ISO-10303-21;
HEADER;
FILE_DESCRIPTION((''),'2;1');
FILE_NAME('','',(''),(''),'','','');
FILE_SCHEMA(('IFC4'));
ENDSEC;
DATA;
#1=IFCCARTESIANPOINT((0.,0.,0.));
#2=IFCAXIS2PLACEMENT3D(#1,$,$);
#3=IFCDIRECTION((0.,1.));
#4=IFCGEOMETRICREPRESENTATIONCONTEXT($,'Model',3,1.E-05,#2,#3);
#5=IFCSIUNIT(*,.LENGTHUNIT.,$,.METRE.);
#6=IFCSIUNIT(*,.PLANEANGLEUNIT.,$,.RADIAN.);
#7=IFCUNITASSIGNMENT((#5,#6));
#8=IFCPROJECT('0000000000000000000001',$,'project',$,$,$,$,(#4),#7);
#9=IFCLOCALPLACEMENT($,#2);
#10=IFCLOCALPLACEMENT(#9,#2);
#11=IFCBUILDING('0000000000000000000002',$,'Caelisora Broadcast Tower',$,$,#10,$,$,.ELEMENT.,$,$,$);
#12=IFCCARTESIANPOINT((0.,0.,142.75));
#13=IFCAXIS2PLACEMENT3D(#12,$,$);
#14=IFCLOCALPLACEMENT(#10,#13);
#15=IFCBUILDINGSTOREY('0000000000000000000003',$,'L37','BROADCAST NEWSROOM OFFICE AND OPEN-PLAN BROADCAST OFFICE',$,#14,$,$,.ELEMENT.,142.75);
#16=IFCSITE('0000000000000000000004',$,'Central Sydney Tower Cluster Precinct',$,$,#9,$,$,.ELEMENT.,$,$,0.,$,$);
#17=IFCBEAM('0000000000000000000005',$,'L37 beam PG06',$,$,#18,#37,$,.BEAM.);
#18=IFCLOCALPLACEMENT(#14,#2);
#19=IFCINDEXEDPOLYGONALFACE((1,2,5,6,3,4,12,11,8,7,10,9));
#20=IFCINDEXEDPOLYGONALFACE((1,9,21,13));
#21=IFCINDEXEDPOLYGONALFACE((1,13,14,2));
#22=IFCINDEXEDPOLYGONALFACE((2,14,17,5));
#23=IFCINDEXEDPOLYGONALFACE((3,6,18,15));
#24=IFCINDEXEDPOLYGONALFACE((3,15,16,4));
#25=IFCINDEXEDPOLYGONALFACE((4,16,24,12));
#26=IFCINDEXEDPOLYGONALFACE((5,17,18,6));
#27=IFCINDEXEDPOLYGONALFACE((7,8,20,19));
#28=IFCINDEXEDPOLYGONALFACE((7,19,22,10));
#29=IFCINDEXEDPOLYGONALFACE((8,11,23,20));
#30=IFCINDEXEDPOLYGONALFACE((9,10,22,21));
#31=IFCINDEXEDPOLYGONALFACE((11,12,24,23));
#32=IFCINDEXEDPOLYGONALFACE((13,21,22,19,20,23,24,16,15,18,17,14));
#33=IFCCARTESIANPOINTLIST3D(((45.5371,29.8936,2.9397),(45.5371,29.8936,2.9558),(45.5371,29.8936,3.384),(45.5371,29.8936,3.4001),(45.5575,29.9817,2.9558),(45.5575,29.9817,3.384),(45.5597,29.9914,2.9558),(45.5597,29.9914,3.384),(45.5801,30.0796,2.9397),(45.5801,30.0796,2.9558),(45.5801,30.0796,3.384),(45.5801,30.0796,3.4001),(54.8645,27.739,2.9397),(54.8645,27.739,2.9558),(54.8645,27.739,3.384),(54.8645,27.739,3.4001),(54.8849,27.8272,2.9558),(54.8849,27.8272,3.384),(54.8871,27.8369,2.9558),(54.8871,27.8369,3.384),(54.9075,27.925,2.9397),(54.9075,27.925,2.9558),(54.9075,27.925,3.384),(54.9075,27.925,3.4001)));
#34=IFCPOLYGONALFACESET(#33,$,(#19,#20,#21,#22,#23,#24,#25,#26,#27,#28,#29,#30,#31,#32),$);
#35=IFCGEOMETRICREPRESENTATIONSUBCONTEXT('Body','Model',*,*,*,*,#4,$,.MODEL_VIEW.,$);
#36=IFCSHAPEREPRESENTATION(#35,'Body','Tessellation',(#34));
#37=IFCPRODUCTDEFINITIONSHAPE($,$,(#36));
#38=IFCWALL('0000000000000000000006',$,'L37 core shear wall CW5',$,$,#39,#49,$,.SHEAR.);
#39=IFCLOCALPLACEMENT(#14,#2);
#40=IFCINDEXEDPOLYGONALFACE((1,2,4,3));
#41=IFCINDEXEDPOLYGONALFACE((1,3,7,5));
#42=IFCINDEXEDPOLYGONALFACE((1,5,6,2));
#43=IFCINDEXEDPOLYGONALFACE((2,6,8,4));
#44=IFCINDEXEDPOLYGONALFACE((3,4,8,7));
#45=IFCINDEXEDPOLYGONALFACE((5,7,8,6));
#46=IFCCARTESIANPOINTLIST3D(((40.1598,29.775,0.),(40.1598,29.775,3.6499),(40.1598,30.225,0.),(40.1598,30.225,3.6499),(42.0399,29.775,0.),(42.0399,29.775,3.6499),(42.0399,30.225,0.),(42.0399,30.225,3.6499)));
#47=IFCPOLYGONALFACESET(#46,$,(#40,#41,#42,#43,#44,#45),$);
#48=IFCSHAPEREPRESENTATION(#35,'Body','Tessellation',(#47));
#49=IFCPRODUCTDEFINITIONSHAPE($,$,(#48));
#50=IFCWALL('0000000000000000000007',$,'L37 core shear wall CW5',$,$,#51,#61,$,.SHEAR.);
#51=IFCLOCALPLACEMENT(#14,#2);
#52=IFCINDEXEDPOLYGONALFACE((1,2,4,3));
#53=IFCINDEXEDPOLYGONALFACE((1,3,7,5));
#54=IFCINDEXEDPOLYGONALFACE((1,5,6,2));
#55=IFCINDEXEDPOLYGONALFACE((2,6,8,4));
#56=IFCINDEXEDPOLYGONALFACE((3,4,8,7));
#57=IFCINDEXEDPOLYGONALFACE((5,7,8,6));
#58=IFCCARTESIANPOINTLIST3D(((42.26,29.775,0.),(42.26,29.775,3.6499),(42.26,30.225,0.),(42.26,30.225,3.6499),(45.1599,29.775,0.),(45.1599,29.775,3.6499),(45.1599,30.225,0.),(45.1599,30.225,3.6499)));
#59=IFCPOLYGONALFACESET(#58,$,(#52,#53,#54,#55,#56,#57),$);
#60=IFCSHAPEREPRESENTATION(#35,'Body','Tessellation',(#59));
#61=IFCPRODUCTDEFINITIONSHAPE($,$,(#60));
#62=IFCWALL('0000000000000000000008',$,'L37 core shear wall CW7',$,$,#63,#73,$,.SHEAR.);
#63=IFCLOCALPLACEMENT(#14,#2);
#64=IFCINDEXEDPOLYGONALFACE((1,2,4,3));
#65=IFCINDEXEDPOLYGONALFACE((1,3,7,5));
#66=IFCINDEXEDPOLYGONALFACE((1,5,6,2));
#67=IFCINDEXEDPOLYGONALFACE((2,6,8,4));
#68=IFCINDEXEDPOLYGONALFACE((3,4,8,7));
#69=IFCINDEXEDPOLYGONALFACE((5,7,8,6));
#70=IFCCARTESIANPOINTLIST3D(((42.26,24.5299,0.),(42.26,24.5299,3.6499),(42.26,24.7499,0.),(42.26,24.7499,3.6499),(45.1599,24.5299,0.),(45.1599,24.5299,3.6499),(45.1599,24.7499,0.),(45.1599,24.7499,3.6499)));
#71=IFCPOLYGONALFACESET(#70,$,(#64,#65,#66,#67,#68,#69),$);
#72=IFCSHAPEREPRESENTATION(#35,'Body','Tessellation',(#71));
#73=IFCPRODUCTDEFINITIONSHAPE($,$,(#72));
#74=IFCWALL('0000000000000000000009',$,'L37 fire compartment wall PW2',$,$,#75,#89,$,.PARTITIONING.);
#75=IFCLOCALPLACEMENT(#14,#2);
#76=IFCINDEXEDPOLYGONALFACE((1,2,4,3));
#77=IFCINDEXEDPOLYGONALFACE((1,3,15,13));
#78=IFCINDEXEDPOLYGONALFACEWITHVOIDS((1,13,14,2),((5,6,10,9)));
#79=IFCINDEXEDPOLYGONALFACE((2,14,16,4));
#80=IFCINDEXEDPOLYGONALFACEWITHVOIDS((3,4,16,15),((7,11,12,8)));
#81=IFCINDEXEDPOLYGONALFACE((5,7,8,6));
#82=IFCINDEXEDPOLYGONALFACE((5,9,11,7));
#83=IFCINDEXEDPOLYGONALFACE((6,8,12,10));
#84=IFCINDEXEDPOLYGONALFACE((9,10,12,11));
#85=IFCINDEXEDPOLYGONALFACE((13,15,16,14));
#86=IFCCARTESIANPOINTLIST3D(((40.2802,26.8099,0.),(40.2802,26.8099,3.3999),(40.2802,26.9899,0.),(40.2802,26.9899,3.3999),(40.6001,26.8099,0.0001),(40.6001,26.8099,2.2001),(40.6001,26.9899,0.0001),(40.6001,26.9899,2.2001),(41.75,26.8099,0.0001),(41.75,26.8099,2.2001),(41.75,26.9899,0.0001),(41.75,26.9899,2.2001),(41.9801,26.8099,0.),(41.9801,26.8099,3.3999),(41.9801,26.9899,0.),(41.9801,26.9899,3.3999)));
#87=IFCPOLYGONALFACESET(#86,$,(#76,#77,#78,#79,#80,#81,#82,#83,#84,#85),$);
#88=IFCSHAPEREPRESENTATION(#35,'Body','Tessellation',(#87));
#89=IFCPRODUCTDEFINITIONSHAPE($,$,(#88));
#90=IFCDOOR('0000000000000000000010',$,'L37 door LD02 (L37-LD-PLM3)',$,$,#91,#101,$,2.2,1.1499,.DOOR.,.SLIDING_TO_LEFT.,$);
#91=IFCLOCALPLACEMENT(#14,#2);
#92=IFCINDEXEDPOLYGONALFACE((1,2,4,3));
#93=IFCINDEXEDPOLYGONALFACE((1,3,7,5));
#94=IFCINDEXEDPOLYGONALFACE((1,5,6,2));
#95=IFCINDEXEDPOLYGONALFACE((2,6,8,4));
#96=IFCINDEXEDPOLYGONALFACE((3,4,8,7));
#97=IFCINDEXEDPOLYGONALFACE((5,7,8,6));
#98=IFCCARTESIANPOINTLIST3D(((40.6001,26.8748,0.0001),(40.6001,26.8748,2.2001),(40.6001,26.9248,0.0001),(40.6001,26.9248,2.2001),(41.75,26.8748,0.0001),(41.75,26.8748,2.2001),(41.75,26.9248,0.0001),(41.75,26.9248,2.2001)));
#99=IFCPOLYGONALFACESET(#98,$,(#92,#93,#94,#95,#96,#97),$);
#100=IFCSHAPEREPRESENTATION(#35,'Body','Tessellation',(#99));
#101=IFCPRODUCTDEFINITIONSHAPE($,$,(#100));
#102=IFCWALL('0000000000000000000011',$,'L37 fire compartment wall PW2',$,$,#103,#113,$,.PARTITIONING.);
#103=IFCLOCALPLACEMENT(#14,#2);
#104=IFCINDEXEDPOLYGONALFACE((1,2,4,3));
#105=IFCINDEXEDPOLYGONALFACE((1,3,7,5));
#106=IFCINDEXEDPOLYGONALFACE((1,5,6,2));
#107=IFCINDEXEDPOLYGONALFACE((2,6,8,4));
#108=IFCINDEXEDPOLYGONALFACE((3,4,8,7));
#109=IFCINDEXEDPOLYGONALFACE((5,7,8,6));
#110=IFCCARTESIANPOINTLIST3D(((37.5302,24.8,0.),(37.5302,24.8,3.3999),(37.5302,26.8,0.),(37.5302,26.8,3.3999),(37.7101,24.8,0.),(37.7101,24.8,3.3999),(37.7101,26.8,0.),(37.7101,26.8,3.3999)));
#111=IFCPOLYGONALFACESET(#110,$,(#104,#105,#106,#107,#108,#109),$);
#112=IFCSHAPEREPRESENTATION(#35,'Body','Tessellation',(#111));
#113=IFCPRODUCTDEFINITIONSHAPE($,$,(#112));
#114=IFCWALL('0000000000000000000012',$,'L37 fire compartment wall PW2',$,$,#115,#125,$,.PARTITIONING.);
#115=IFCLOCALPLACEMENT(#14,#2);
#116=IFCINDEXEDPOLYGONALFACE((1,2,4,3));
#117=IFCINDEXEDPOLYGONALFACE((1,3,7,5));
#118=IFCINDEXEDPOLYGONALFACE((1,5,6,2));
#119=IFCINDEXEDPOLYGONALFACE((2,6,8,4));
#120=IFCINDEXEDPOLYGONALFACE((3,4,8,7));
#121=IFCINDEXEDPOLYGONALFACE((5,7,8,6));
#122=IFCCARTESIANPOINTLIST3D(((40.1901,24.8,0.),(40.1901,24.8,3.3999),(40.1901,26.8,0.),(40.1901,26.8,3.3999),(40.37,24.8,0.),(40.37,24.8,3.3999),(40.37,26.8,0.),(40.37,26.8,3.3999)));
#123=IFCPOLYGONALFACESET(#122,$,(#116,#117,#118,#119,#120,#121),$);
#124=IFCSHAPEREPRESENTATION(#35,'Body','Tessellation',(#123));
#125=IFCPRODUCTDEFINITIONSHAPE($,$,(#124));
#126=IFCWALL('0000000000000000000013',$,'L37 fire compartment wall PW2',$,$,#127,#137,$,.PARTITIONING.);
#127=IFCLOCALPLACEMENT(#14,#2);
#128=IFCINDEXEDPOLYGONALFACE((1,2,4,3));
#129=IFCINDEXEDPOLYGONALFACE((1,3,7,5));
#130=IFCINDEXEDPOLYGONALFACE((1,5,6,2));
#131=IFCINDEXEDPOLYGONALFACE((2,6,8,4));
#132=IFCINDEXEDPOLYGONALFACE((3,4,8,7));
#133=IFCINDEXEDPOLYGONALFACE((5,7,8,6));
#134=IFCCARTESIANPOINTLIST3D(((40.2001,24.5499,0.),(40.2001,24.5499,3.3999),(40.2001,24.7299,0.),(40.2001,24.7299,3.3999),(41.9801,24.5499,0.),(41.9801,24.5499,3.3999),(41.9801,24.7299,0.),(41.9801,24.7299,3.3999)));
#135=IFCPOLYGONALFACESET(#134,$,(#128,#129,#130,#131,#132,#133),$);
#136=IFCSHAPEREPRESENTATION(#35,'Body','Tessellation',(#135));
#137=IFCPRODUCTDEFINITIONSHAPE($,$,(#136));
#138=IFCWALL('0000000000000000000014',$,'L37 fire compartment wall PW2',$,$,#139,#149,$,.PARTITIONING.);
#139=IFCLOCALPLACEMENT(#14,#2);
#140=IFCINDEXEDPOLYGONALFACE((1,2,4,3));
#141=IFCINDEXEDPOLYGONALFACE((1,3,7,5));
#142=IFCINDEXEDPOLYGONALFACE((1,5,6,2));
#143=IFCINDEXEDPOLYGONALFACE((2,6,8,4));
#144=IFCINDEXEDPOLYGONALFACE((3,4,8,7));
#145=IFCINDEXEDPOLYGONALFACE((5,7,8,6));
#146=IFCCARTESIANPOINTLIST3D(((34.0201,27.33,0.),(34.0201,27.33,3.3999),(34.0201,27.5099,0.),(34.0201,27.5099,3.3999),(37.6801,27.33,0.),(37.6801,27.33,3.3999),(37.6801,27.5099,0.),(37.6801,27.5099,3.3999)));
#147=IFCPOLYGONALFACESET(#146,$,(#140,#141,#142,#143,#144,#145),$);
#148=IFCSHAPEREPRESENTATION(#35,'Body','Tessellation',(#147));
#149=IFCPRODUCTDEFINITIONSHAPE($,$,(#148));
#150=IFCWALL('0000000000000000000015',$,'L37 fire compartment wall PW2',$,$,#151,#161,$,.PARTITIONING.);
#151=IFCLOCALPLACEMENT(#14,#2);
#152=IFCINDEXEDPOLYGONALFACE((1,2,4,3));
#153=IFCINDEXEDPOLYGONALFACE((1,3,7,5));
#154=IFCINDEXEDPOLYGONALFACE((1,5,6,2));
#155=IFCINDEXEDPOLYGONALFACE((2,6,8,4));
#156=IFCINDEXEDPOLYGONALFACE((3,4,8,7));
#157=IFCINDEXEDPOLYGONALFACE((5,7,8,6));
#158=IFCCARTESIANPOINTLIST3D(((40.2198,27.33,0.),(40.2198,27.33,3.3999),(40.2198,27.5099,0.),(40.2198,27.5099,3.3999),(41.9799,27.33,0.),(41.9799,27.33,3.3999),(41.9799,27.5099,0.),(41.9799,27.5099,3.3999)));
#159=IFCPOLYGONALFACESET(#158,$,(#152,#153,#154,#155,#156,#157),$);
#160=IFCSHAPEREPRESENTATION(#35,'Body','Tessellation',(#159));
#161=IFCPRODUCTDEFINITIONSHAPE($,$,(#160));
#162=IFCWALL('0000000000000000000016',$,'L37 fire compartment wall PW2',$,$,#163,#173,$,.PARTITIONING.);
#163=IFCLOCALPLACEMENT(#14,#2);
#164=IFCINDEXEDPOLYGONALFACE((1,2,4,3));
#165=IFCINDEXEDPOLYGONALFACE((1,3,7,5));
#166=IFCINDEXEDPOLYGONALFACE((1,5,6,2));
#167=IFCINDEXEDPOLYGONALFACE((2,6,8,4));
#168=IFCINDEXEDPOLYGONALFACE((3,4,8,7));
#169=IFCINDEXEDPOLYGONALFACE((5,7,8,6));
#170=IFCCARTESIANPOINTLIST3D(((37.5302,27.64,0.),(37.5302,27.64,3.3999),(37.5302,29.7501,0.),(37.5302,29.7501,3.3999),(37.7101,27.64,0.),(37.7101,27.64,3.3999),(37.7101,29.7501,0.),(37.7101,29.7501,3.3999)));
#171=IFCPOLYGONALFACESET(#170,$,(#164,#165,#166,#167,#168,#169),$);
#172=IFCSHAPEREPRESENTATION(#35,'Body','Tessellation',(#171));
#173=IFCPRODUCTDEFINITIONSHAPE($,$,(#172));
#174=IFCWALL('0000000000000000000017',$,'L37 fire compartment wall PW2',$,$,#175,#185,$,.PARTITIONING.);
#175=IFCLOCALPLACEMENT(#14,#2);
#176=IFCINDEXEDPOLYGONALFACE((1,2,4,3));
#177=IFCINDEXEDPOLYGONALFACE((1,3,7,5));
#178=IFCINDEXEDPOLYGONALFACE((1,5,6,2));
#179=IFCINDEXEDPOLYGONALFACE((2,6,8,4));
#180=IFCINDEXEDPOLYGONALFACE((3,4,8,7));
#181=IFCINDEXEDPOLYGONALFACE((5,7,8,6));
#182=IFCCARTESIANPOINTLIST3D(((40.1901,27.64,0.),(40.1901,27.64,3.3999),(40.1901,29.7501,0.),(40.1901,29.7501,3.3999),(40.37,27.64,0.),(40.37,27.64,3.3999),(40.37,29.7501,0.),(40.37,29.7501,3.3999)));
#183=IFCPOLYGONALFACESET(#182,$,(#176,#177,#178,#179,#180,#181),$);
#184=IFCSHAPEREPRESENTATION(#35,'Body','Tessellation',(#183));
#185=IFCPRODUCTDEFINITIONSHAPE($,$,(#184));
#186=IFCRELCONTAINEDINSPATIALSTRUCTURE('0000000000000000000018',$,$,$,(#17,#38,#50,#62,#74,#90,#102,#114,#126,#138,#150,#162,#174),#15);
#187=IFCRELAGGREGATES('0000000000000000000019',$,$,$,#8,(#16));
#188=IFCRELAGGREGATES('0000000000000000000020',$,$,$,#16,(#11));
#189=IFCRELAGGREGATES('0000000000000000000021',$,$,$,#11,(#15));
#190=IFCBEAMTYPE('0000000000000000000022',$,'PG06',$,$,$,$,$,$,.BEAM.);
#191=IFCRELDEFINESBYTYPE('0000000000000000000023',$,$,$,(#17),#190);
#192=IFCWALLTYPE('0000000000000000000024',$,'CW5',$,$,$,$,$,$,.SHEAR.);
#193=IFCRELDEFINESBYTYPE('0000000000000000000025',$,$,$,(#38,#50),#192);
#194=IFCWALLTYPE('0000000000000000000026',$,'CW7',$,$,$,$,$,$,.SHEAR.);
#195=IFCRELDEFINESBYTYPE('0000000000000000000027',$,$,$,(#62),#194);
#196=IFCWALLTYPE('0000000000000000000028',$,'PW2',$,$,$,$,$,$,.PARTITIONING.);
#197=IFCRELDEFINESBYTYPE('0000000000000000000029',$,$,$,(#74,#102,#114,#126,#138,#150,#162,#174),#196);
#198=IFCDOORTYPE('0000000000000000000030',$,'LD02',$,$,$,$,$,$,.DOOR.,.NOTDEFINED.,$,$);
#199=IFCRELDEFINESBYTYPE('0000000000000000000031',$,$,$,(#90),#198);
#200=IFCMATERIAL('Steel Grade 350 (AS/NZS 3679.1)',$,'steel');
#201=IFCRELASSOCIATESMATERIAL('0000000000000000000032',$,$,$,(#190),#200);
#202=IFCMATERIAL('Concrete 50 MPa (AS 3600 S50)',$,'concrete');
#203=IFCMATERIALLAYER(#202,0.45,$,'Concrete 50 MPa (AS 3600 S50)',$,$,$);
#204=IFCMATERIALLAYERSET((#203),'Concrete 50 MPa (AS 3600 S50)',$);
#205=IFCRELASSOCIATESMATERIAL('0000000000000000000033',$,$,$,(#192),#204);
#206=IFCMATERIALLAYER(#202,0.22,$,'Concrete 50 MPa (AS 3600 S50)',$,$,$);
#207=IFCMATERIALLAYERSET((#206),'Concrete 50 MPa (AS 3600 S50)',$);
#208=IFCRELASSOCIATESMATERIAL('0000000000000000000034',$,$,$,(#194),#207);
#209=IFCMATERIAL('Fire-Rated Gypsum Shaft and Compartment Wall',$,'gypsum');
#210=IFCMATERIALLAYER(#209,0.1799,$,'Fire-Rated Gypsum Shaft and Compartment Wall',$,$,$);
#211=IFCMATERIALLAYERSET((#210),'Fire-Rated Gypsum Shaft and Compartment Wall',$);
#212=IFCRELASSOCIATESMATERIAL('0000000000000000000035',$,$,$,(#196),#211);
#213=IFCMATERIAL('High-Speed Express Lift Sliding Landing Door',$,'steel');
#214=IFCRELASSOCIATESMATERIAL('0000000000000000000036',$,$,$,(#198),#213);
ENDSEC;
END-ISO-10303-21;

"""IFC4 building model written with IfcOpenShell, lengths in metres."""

from ifc_helpers import new_model, si_unit, direction, frame, frame_2d, origin, origin_2d, place, context, subcontext, project, spatial, rectangle, i_section, extrude, source, transform, mapped, material, layer, layer_set, material_profile, profile_set, type_object, element, fill, save


model = new_model("IFC4")

# Units and contexts
model_context = context("Model", 3, precision=1e-05, world=origin(), true_north=direction((0.0, 1.0)))
body_context = subcontext(model_context, "Body", "Model", "MODEL_VIEW")
ifc_project = project(units=[si_unit("LENGTHUNIT", "METRE"), si_unit("PLANEANGLEUNIT", "RADIAN")], contexts=[model_context])

# Site, building, storey
site_placement = place(None, origin())
site = spatial("IfcSite", under=ifc_project, at=site_placement, Name="Central Sydney Tower Cluster Precinct", CompositionType="ELEMENT", RefElevation=0.0)
building_placement = place(site_placement, origin())
building = spatial("IfcBuilding", under=site, at=building_placement, Name="Caelisora Broadcast Tower", CompositionType="ELEMENT")
storey_placement = place(building_placement, frame((0.0, 0.0, 142.75)))
storey = spatial("IfcBuildingStorey", under=building, at=storey_placement, Name="L37", Description="BROADCAST NEWSROOM OFFICE AND OPEN-PLAN BROADCAST OFFICE", CompositionType="ELEMENT", Elevation=142.75)

# Beam
ifc_material_1 = material(Name="Concrete 50 MPa (AS 3600 S50)", Category="concrete")
ifc_material_2 = material(Name="Steel Grade 350 (AS/NZS 3679.1)", Category="steel")
ifc_material_profile_1 = material_profile(ifc_material_2, i_section(OverallWidth=0.1909, OverallDepth=0.4604, WebThickness=0.01, FlangeThickness=0.0161, at=origin_2d()), Name="Steel Grade 350 (AS/NZS 3679.1)")
ifc_profile_set_1 = profile_set([ifc_material_profile_1], Name="Steel Grade 350 (AS/NZS 3679.1)")
beam_type_1 = type_object("IfcBeamType", Name="PG06", PredefinedType="BEAM", material=ifc_profile_set_1)
shared_shape_1 = source(origin(), body_context, "Body", "SweptSolid", [
    extrude(i_section(OverallWidth=0.1909, OverallDepth=0.4604, WebThickness=0.01, FlangeThickness=0.0161, at=origin_2d()), origin(), (0.0, 0.0, 1.0), 9.573),
])
beam_1_placement = place(storey_placement, frame((45.5586, 29.9866, 3.1699), z_axis=(0.974344, -0.225064, 0.0), x_axis=(0.225064, 0.974344, 0.0)))
element("IfcBeam", 1, at=beam_1_placement, inside=storey, type_object=beam_type_1, Name="L37 beam PG06", PredefinedType="BEAM", context=body_context, shape_type="MappedRepresentation", body=[
    mapped(shared_shape_1, transform((0.0, 0.0, 0.0), scale=1.0)),
])

# Walls
ifc_layer_1 = layer(ifc_material_1, 0.45, Name="Concrete 50 MPa (AS 3600 S50)")
ifc_layer_set_1 = layer_set([ifc_layer_1], Name="Concrete 50 MPa (AS 3600 S50)")
wall_type_1 = type_object("IfcWallType", Name="CW5", PredefinedType="SHEAR", material=ifc_layer_set_1)
wall_1_placement = place(storey_placement, frame((40.1599, 30.0, 0.0), z_axis=(0.0, 0.0, 1.0), x_axis=(1.0, 0.0, 0.0)))
element("IfcWall", 2, at=wall_1_placement, inside=storey, type_object=wall_type_1, Name="L37 core shear wall CW5", PredefinedType="SHEAR", context=body_context, shape_type="SweptSolid", body=[
    extrude(rectangle(XDim=1.8801, YDim=0.45, at=frame_2d((0.9399, 0.0))), origin(), (0.0, 0.0, 1.0), 3.6499),
])
wall_2_placement = place(storey_placement, frame((42.26, 30.0, 0.0), z_axis=(0.0, 0.0, 1.0), x_axis=(1.0, 0.0, 0.0)))
element("IfcWall", 3, at=wall_2_placement, inside=storey, type_object=wall_type_1, Name="L37 core shear wall CW5", PredefinedType="SHEAR", context=body_context, shape_type="SweptSolid", body=[
    extrude(rectangle(XDim=2.8999, YDim=0.45, at=frame_2d((1.45, 0.0))), origin(), (0.0, 0.0, 1.0), 3.6499),
])
ifc_layer_2 = layer(ifc_material_1, 0.22, Name="Concrete 50 MPa (AS 3600 S50)")
ifc_layer_set_2 = layer_set([ifc_layer_2], Name="Concrete 50 MPa (AS 3600 S50)")
wall_type_2 = type_object("IfcWallType", Name="CW7", PredefinedType="SHEAR", material=ifc_layer_set_2)
wall_3_placement = place(storey_placement, frame((42.26, 24.6399, 0.0), z_axis=(0.0, 0.0, 1.0), x_axis=(1.0, 0.0, 0.0)))
element("IfcWall", 4, at=wall_3_placement, inside=storey, type_object=wall_type_2, Name="L37 core shear wall CW7", PredefinedType="SHEAR", context=body_context, shape_type="SweptSolid", body=[
    extrude(rectangle(XDim=2.8999, YDim=0.22, at=frame_2d((1.45, 0.0))), origin(), (0.0, 0.0, 1.0), 3.6499),
])

# Wall, opening, door
ifc_material_3 = material(Name="Fire-Rated Gypsum Shaft and Compartment Wall", Category="gypsum")
ifc_layer_3 = layer(ifc_material_3, 0.1799, Name="Fire-Rated Gypsum Shaft and Compartment Wall")
ifc_layer_set_3 = layer_set([ifc_layer_3], Name="Fire-Rated Gypsum Shaft and Compartment Wall")
wall_type_3 = type_object("IfcWallType", Name="PW2", PredefinedType="PARTITIONING", material=ifc_layer_set_3)
wall_4_placement = place(storey_placement, frame((40.28, 26.8999, 0.0), z_axis=(0.0, 0.0, 1.0), x_axis=(1.0, 0.0, 0.0)))
wall_4 = element("IfcWall", 5, at=wall_4_placement, inside=storey, type_object=wall_type_3, Name="L37 fire compartment wall PW2", PredefinedType="PARTITIONING", context=body_context, shape_type="SweptSolid", body=[
    extrude(rectangle(XDim=1.7, YDim=0.1799, at=frame_2d((0.8501, 0.0))), origin(), (0.0, 0.0, 1.0), 3.3999),
])
opening_placement = place(wall_4_placement, frame((0.3201, 0.0, 0.0)))
opening = element("IfcOpeningElement", 6, at=opening_placement, cuts=wall_4, PredefinedType="OPENING", context=body_context, shape_type="SweptSolid", body=[
    extrude(rectangle(XDim=1.1499, YDim=2.2, at=frame_2d((0.575, 1.1001))), frame((0.0, 0.1021, 0.0), z_axis=(0.0, -1.0, 0.0), x_axis=(1.0, 0.0, 0.0)), (0.0, 0.0, 1.0), 0.2039),
])
ifc_material_4 = material(Name="High-Speed Express Lift Sliding Landing Door", Category="steel")
door_type = type_object("IfcDoorType", Name="LD02", OperationType="NOTDEFINED", PredefinedType="DOOR", material=ifc_material_4)
door_placement = place(opening_placement, origin())
door = element("IfcDoor", 7, at=door_placement, inside=storey, type_object=door_type, Name="L37 door LD02 (L37-LD-PLM3)", OperationType="SLIDING_TO_LEFT", OverallHeight=2.2, OverallWidth=1.1499, PredefinedType="DOOR", context=body_context, shape_type="SweptSolid", body=[
    extrude(rectangle(XDim=1.1499, YDim=2.2, at=frame_2d((0.575, 1.1001))), frame((0.0, 0.0249, 0.0), z_axis=(0.0, -1.0, 0.0), x_axis=(1.0, 0.0, 0.0)), (0.0, 0.0, 1.0), 0.05),
])
fill(opening, door)

# Walls
for number, where, z_axis, x_axis, name in (
    (8, (37.6201, 24.8, 0.0), (0.0, 0.0, 1.0), (0.0, 1.0, 0.0), "L37 fire compartment wall PW2"),
    (9, (40.28, 24.8, 0.0), (0.0, 0.0, 1.0), (0.0, 1.0, 0.0), "L37 fire compartment wall PW2"),
):
    element("IfcWall", number, at=place(storey_placement, frame(where, z_axis=z_axis, x_axis=x_axis)), inside=storey, type_object=wall_type_3, Name=name, PredefinedType="PARTITIONING", context=body_context, shape_type="SweptSolid", body=[
        extrude(rectangle(XDim=2.0, YDim=0.1799, at=frame_2d((1.0, 0.0))), origin(), (0.0, 0.0, 1.0), 3.3999),
    ])
wall_5_placement = place(storey_placement, frame((40.2, 24.6399, 0.0), z_axis=(0.0, 0.0, 1.0), x_axis=(1.0, 0.0, 0.0)))
element("IfcWall", 10, at=wall_5_placement, inside=storey, type_object=wall_type_3, Name="L37 fire compartment wall PW2", PredefinedType="PARTITIONING", context=body_context, shape_type="SweptSolid", body=[
    extrude(rectangle(XDim=1.78, YDim=0.1799, at=frame_2d((0.8901, 0.0))), origin(), (0.0, 0.0, 1.0), 3.3999),
])
wall_6_placement = place(storey_placement, frame((34.02, 27.4199, 0.0), z_axis=(0.0, 0.0, 1.0), x_axis=(1.0, 0.0, 0.0)))
element("IfcWall", 11, at=wall_6_placement, inside=storey, type_object=wall_type_3, Name="L37 fire compartment wall PW2", PredefinedType="PARTITIONING", context=body_context, shape_type="SweptSolid", body=[
    extrude(rectangle(XDim=3.6599, YDim=0.1799, at=frame_2d((1.8301, 0.0))), origin(), (0.0, 0.0, 1.0), 3.3999),
])
wall_7_placement = place(storey_placement, frame((40.22, 27.4199, 0.0), z_axis=(0.0, 0.0, 1.0), x_axis=(1.0, 0.0, 0.0)))
element("IfcWall", 12, at=wall_7_placement, inside=storey, type_object=wall_type_3, Name="L37 fire compartment wall PW2", PredefinedType="PARTITIONING", context=body_context, shape_type="SweptSolid", body=[
    extrude(rectangle(XDim=1.76, YDim=0.1799, at=frame_2d((0.8799, 0.0))), origin(), (0.0, 0.0, 1.0), 3.3999),
])
for number, where, z_axis, x_axis, name in (
    (13, (37.6201, 27.6399, 0.0), (0.0, 0.0, 1.0), (0.0, 1.0, 0.0), "L37 fire compartment wall PW2"),
    (14, (40.28, 27.6399, 0.0), (0.0, 0.0, 1.0), (0.0, 1.0, 0.0), "L37 fire compartment wall PW2"),
):
    element("IfcWall", number, at=place(storey_placement, frame(where, z_axis=z_axis, x_axis=x_axis)), inside=storey, type_object=wall_type_3, Name=name, PredefinedType="PARTITIONING", context=body_context, shape_type="SweptSolid", body=[
        extrude(rectangle(XDim=2.1101, YDim=0.1799, at=frame_2d((1.0552, 0.0))), origin(), (0.0, 0.0, 1.0), 3.3999),
    ])

save(model, "model.ifc")
